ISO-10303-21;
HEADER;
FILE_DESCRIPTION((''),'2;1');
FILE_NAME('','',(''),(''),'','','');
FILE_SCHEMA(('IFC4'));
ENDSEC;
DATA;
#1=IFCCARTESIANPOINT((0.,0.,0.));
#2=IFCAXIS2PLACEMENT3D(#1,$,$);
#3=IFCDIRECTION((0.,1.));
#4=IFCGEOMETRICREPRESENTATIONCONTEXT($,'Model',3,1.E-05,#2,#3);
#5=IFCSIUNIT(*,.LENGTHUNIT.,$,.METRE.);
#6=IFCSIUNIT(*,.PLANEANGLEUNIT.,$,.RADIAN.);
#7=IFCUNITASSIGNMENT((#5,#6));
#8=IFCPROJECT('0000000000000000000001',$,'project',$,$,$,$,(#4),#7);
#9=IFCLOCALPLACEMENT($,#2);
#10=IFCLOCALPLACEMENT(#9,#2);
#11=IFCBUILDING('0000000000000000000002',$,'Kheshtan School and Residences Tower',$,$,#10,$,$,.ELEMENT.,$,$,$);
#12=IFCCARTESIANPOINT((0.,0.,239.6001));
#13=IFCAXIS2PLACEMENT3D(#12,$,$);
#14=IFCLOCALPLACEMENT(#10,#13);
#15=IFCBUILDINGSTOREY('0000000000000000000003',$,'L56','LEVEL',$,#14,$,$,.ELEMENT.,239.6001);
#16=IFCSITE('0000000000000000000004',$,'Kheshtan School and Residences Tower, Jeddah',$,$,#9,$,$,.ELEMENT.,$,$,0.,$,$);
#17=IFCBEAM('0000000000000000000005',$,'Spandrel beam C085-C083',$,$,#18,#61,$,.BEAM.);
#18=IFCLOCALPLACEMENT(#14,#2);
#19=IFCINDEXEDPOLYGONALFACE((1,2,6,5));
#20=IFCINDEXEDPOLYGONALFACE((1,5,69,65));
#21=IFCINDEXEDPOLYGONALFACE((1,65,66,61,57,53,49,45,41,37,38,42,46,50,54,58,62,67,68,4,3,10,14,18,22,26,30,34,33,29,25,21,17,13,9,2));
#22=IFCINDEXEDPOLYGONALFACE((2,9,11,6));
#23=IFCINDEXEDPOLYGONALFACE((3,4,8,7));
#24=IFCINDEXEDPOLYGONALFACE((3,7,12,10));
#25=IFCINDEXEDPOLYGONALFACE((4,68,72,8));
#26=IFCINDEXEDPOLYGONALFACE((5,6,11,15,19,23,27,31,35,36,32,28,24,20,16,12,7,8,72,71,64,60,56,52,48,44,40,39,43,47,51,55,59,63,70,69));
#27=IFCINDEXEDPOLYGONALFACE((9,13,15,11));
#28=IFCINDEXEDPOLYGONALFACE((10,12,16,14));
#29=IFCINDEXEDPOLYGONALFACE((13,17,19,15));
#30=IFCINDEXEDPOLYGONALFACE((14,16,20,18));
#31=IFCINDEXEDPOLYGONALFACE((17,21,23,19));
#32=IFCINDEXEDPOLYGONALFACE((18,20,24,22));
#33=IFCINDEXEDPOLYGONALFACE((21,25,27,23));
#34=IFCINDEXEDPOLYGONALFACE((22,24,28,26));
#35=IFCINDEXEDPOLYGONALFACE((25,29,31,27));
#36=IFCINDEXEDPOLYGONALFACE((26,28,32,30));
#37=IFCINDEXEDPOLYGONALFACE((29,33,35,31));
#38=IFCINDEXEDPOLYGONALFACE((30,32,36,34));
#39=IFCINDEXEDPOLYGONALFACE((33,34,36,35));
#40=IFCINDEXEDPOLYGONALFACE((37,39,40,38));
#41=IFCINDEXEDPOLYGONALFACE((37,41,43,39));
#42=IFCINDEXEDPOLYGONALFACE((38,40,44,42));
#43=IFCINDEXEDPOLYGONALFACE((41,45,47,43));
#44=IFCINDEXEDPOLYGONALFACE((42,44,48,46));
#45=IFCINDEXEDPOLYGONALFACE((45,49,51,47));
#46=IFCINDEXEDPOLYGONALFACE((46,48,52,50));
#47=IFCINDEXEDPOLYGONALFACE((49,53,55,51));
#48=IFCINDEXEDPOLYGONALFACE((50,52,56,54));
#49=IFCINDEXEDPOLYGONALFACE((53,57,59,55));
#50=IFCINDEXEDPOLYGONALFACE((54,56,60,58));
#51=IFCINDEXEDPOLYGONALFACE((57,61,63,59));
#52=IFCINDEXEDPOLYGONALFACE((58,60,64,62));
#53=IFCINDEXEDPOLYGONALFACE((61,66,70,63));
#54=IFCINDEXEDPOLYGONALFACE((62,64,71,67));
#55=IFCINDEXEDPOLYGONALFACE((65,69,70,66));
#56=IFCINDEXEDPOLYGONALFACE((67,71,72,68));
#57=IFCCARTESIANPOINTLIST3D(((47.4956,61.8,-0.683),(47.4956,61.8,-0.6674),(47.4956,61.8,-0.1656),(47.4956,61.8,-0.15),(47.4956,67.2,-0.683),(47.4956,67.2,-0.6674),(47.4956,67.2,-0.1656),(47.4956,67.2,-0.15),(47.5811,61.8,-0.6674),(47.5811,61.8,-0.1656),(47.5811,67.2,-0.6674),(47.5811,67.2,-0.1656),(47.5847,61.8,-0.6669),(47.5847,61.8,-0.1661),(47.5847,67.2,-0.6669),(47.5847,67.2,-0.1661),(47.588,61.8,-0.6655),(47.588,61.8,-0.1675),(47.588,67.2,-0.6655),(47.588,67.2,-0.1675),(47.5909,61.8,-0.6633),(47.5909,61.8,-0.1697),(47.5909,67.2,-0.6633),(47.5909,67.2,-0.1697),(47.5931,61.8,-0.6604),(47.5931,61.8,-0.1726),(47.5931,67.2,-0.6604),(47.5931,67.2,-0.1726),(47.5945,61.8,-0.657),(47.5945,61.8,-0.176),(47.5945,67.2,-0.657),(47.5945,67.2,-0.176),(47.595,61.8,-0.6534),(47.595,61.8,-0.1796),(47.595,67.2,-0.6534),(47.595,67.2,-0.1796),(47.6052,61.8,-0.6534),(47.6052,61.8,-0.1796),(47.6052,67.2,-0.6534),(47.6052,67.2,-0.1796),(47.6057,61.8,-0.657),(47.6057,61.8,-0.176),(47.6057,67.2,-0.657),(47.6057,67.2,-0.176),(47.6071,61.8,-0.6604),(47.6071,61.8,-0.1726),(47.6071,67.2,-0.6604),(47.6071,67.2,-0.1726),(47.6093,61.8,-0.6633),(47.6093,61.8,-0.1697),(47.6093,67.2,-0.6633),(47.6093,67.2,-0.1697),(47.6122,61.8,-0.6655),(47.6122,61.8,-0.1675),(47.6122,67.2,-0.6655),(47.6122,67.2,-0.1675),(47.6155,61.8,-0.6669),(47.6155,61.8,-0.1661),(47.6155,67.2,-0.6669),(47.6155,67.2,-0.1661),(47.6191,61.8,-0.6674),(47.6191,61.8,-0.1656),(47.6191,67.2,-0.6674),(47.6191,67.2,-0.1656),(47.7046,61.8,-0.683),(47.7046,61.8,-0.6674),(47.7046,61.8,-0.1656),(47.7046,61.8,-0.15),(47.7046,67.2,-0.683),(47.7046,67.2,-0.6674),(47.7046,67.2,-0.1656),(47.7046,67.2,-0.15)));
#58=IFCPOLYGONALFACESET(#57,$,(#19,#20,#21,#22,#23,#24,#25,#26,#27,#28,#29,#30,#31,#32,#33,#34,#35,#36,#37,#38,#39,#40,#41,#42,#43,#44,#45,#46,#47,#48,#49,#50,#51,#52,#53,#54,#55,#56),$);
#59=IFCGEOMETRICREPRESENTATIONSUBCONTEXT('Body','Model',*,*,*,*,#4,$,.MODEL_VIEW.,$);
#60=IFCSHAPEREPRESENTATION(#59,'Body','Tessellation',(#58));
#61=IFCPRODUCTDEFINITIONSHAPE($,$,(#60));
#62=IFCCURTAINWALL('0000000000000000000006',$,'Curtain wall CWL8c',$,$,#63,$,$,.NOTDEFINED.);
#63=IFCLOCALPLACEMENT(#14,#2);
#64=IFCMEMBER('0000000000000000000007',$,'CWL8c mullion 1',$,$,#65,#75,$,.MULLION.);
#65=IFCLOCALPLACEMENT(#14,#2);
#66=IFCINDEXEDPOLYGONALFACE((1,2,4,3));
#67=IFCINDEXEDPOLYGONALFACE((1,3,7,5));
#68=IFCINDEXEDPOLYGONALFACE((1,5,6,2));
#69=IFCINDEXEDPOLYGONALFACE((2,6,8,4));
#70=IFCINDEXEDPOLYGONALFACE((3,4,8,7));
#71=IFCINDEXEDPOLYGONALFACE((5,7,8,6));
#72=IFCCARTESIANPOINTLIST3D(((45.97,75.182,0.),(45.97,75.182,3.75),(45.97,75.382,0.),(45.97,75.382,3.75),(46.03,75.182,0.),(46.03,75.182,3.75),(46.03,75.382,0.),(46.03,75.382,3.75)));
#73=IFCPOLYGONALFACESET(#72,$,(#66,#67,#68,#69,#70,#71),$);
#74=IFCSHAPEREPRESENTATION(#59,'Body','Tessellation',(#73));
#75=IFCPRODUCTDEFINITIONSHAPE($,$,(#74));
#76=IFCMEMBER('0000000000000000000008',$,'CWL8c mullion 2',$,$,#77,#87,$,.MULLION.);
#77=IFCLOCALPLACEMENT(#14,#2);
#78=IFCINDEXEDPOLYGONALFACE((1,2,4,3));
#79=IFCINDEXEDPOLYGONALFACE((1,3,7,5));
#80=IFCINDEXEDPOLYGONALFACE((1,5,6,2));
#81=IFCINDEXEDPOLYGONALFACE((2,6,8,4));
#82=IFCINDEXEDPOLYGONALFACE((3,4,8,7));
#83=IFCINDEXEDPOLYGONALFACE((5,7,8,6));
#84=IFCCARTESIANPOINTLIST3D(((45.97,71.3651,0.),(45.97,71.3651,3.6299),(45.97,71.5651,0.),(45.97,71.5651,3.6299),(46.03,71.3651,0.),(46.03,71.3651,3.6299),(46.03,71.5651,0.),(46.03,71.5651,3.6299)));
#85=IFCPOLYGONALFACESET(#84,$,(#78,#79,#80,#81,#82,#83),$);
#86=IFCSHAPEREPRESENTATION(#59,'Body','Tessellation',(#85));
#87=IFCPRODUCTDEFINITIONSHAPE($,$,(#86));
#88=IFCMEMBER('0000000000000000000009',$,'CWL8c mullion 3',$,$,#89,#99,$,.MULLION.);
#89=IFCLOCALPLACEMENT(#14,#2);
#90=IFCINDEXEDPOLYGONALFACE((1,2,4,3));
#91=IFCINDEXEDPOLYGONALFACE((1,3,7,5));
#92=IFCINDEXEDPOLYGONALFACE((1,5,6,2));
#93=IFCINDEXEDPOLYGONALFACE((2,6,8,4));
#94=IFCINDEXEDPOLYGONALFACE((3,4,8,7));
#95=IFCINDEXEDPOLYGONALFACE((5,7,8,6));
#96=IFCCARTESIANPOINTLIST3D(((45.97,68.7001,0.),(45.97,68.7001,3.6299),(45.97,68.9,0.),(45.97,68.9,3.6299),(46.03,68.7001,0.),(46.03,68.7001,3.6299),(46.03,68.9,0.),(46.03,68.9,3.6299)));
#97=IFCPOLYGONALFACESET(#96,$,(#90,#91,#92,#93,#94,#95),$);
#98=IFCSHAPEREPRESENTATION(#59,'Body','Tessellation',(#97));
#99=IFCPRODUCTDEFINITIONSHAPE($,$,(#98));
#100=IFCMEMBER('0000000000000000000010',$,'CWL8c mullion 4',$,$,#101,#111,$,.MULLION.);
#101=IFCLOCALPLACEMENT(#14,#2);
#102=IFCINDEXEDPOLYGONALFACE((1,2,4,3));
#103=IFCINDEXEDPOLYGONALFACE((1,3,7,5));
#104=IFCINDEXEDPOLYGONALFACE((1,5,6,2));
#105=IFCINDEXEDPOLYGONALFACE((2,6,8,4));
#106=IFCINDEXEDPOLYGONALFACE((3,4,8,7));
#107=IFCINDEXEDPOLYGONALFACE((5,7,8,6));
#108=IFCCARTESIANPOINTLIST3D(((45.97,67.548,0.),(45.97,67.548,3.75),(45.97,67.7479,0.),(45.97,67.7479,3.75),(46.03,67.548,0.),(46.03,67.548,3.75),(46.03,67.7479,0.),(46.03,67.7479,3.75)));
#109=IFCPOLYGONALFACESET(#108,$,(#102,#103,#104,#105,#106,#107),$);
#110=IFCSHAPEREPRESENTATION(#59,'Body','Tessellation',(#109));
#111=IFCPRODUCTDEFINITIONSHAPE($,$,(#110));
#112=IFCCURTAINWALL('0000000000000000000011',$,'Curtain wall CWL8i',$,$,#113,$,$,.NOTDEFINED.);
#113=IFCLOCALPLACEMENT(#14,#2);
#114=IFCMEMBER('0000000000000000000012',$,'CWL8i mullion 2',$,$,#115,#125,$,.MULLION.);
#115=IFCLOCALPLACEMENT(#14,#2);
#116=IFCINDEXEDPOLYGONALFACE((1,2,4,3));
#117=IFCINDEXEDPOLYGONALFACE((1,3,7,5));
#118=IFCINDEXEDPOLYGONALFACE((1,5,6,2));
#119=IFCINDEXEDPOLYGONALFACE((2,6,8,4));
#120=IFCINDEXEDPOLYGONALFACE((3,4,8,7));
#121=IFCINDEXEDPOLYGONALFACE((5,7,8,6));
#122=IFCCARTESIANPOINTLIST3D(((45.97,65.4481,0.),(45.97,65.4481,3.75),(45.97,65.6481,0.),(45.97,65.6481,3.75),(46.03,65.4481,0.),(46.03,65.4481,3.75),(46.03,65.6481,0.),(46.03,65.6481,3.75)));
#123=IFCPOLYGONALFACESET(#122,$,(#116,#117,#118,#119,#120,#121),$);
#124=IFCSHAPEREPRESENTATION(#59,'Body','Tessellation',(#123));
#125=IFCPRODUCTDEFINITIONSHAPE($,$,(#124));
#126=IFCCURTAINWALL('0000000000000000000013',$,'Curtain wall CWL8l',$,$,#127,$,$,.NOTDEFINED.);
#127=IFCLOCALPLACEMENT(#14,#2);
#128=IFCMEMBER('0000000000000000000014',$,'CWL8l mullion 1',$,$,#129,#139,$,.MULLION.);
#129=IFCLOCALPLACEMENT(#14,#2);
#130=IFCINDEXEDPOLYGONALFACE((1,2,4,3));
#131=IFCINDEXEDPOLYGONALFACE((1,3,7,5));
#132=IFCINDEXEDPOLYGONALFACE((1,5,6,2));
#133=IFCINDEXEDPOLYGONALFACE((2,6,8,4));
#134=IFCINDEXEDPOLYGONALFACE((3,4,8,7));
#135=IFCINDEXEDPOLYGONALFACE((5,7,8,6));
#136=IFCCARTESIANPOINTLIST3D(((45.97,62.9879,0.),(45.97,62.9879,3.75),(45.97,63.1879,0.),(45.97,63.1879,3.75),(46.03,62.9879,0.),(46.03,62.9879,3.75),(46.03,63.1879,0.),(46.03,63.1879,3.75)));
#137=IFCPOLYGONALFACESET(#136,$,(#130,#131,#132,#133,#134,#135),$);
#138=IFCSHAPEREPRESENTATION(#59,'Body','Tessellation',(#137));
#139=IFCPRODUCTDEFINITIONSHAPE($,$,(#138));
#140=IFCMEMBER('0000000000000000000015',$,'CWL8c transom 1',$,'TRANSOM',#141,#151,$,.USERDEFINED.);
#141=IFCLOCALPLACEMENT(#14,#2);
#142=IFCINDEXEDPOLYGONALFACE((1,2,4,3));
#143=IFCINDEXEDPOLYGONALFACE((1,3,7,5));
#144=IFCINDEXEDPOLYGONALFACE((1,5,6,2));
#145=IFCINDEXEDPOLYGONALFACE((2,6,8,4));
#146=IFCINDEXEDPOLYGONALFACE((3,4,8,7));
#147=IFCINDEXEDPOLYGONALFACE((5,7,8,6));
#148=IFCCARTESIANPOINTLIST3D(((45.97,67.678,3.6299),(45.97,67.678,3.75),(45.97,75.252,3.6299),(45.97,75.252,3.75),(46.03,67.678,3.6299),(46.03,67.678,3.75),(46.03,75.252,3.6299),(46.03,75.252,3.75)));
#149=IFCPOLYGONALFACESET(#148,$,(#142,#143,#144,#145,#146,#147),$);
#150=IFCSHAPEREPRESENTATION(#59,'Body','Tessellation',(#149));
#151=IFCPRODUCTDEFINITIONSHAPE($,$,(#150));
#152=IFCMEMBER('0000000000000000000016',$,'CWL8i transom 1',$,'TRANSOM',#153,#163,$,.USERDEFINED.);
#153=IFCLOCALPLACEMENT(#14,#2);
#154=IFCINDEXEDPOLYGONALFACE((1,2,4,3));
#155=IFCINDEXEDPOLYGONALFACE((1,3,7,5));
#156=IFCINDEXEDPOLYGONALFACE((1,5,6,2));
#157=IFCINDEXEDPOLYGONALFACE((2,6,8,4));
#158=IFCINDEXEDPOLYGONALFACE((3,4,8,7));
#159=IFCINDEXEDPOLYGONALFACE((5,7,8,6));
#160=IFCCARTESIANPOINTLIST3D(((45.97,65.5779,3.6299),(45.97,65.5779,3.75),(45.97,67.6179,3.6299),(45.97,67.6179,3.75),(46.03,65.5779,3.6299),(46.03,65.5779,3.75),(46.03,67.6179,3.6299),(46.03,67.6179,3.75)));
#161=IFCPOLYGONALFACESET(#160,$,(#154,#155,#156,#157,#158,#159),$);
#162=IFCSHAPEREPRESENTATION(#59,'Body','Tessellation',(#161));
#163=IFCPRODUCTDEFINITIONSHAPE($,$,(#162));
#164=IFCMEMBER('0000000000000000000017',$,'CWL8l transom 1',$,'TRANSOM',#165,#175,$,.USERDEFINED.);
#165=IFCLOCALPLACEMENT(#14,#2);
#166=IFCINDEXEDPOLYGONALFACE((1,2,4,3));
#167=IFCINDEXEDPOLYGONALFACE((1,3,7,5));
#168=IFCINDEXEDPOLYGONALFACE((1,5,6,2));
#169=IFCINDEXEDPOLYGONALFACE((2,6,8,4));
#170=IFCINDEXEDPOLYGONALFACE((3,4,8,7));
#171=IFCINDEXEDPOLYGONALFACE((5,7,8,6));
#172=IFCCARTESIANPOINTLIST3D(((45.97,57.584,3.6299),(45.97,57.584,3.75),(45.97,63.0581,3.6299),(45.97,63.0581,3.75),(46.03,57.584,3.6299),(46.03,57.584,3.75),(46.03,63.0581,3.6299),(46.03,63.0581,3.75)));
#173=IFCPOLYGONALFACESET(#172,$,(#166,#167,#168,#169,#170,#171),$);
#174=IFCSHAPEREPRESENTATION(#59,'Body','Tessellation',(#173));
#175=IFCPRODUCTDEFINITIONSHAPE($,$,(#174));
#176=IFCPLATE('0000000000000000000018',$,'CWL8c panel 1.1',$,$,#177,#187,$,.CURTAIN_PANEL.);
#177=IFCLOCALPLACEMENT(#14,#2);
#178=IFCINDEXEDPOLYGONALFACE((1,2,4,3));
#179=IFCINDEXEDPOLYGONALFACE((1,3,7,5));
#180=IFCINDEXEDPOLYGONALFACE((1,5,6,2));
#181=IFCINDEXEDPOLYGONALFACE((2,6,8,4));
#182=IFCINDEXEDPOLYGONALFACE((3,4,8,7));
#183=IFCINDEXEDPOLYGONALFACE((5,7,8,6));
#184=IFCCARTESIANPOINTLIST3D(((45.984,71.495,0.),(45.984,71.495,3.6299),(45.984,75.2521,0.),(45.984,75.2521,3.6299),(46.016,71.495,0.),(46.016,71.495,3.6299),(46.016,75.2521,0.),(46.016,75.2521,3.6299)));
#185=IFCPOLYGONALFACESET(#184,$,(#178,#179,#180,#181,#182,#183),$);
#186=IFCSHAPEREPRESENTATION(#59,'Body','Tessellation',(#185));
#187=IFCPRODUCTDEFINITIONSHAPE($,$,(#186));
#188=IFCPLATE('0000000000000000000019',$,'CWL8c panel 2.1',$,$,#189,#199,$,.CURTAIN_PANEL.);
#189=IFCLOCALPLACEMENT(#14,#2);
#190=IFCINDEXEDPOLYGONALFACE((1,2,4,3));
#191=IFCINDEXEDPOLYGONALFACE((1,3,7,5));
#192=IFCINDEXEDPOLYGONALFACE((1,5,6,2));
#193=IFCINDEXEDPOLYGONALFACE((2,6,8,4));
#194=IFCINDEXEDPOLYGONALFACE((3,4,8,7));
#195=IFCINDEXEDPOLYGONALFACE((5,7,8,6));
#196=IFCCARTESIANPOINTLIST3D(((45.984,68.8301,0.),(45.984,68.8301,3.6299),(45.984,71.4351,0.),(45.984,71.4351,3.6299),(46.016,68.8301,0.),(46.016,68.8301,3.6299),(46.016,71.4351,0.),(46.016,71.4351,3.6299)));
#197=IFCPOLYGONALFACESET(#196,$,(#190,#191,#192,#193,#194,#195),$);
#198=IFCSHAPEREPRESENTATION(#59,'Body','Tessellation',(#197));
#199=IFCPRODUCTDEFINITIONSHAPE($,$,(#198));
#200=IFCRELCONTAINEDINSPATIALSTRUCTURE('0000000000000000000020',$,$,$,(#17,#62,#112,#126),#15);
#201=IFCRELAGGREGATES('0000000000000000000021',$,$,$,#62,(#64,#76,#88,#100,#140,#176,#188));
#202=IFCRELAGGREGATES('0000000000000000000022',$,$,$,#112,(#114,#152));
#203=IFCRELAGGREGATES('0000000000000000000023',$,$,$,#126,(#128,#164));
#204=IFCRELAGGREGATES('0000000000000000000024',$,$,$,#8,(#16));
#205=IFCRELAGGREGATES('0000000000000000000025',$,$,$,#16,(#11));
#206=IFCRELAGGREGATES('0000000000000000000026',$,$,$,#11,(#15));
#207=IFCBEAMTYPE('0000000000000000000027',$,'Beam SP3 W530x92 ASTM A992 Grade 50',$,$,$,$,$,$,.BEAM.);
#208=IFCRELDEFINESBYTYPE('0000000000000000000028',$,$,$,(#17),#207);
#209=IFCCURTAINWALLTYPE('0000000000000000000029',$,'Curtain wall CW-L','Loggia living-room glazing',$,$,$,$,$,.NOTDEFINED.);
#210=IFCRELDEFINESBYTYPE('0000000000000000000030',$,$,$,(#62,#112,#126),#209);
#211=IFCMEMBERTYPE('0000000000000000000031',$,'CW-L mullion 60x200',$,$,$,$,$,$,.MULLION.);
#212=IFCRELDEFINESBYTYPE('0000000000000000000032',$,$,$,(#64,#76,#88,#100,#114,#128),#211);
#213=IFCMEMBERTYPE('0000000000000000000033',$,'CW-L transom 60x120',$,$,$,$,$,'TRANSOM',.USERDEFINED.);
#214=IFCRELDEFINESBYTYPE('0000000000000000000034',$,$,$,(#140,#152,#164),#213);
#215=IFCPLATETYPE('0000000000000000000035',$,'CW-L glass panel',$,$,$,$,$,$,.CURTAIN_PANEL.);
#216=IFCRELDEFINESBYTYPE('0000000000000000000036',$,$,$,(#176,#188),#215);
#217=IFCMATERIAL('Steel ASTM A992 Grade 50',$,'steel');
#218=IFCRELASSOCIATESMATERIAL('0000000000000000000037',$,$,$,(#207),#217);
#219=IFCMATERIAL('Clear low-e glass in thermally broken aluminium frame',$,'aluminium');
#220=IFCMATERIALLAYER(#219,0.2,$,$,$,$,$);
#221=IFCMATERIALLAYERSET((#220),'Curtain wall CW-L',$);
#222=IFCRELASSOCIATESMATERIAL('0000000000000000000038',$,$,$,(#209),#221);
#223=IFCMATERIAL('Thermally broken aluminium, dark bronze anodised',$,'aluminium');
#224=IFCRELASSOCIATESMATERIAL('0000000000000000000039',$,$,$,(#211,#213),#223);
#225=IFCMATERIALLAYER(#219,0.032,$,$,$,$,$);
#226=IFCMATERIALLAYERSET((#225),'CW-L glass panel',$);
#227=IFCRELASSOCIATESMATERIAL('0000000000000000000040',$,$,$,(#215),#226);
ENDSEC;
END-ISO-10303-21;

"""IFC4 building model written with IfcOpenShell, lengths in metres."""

from ifc_helpers import new_model, si_unit, direction, frame, origin, origin_2d, place, context, subcontext, project, spatial, rectangle, i_section, extrude, material, layer, layer_set, material_profile, profile_set, type_object, element, aggregate, save


model = new_model("IFC4")

# Units and contexts
model_context = context("Model", 3, precision=1e-05, world=origin(), true_north=direction((0.0, 1.0)))
body_context = subcontext(model_context, "Body", "Model", "MODEL_VIEW")
ifc_project = project(units=[si_unit("LENGTHUNIT", "METRE"), si_unit("PLANEANGLEUNIT", "RADIAN")], contexts=[model_context])

# Site, building, storey
site_placement = place(None, origin())
site = spatial("IfcSite", under=ifc_project, at=site_placement, Name="Kheshtan School and Residences Tower, Jeddah", CompositionType="ELEMENT", RefElevation=0.0)
building_placement = place(site_placement, origin())
building = spatial("IfcBuilding", under=site, at=building_placement, Name="Kheshtan School and Residences Tower", CompositionType="ELEMENT")
storey_placement = place(building_placement, frame((0.0, 0.0, 239.6001)))
storey = spatial("IfcBuildingStorey", under=building, at=storey_placement, Name="L56", Description="LEVEL", CompositionType="ELEMENT", Elevation=239.6001)

# Shared definitions
ifc_material_1 = material(Name="Steel ASTM A992 Grade 50", Category="steel")

# Beam
ifc_material_profile_1 = material_profile(ifc_material_1, i_section(OverallWidth=0.209, OverallDepth=0.533, WebThickness=0.0103, FlangeThickness=0.0156, FilletRadius=0.0139, at=origin_2d()), Name="W530x92")
ifc_profile_set_1 = profile_set([ifc_material_profile_1], Name="Steel ASTM A992 Grade 50")
beam_type_1 = type_object("IfcBeamType", Name="Beam SP3 W530x92 ASTM A992 Grade 50", PredefinedType="BEAM", material=ifc_profile_set_1)
beam_1_placement = place(storey_placement, frame((47.6001, 67.2, -0.4165), z_axis=(0.0, -1.0, 0.0), x_axis=(1.0, 0.0, 0.0)))
element("IfcBeam", 1, at=beam_1_placement, inside=storey, type_object=beam_type_1, Name="Spandrel beam C085-C083", PredefinedType="BEAM", context=body_context, shape_type="SweptSolid", body=[
    extrude(i_section(OverallWidth=0.209, OverallDepth=0.533, WebThickness=0.0103, FlangeThickness=0.0156, FilletRadius=0.0139, at=origin_2d()), origin(), (0.0, 0.0, 1.0), 5.3999),
])

# Curtain wall, members
ifc_material_2 = material(Name="Clear low-e glass in thermally broken aluminium frame", Category="aluminium")
ifc_layer_1 = layer(ifc_material_2, 0.2)
ifc_layer_set_1 = layer_set([ifc_layer_1], Name="Curtain wall CW-L")
curtain_wall_type = type_object("IfcCurtainWallType", Name="Curtain wall CW-L", Description="Loggia living-room glazing", PredefinedType="NOTDEFINED", material=ifc_layer_set_1)
curtain_wall_1_placement = place(storey_placement, origin())
curtain_wall_1 = element("IfcCurtainWall", 2, at=curtain_wall_1_placement, inside=storey, type_object=curtain_wall_type, Name="Curtain wall CWL8c", PredefinedType="NOTDEFINED")
ifc_material_3 = material(Name="Thermally broken aluminium, dark bronze anodised", Category="aluminium")
ifc_material_profile_2 = material_profile(ifc_material_3, rectangle(XDim=0.0601, YDim=0.2, at=origin_2d()), Name="CW-L mullion 60x200")
ifc_profile_set_2 = profile_set([ifc_material_profile_2], Name="Thermally broken aluminium, dark bronze anodised")
member_type_1 = type_object("IfcMemberType", Name="CW-L mullion 60x200", PredefinedType="MULLION", material=ifc_profile_set_2)
member_1_placement = place(storey_placement, frame((46.0, 75.282, 0.0), z_axis=(0.0, 0.0, 1.0), x_axis=(1.0, 0.0, 0.0)))
member_1 = element("IfcMember", 3, at=member_1_placement, type_object=member_type_1, Name="CWL8c mullion 1", PredefinedType="MULLION", context=body_context, shape_type="SweptSolid", body=[
    extrude(rectangle(XDim=0.0601, YDim=0.2, at=origin_2d()), origin(), (0.0, 0.0, 1.0), 3.75),
])
member_2_placement = place(storey_placement, frame((46.0, 71.4651, 0.0), z_axis=(0.0, 0.0, 1.0), x_axis=(1.0, 0.0, 0.0)))
member_2 = element("IfcMember", 4, at=member_2_placement, type_object=member_type_1, Name="CWL8c mullion 2", PredefinedType="MULLION", context=body_context, shape_type="SweptSolid", body=[
    extrude(rectangle(XDim=0.0601, YDim=0.2, at=origin_2d()), origin(), (0.0, 0.0, 1.0), 3.6299),
])
member_3_placement = place(storey_placement, frame((46.0, 68.8, 0.0), z_axis=(0.0, 0.0, 1.0), x_axis=(1.0, 0.0, 0.0)))
member_3 = element("IfcMember", 5, at=member_3_placement, type_object=member_type_1, Name="CWL8c mullion 3", PredefinedType="MULLION", context=body_context, shape_type="SweptSolid", body=[
    extrude(rectangle(XDim=0.0601, YDim=0.2, at=origin_2d()), origin(), (0.0, 0.0, 1.0), 3.6299),
])
member_4_placement = place(storey_placement, frame((46.0, 67.6479, 0.0), z_axis=(0.0, 0.0, 1.0), x_axis=(1.0, 0.0, 0.0)))
member_4 = element("IfcMember", 6, at=member_4_placement, type_object=member_type_1, Name="CWL8c mullion 4", PredefinedType="MULLION", context=body_context, shape_type="SweptSolid", body=[
    extrude(rectangle(XDim=0.0601, YDim=0.2, at=origin_2d()), origin(), (0.0, 0.0, 1.0), 3.75),
])

# Curtain walls, members
curtain_wall_2_placement = place(storey_placement, origin())
curtain_wall_2 = element("IfcCurtainWall", 7, at=curtain_wall_2_placement, inside=storey, type_object=curtain_wall_type, Name="Curtain wall CWL8i", PredefinedType="NOTDEFINED")
member_5_placement = place(storey_placement, frame((46.0, 65.5481, 0.0), z_axis=(0.0, 0.0, 1.0), x_axis=(1.0, 0.0, 0.0)))
member_5 = element("IfcMember", 8, at=member_5_placement, type_object=member_type_1, Name="CWL8i mullion 2", PredefinedType="MULLION", context=body_context, shape_type="SweptSolid", body=[
    extrude(rectangle(XDim=0.0601, YDim=0.2, at=origin_2d()), origin(), (0.0, 0.0, 1.0), 3.75),
])
curtain_wall_3_placement = place(storey_placement, origin())
curtain_wall_3 = element("IfcCurtainWall", 9, at=curtain_wall_3_placement, inside=storey, type_object=curtain_wall_type, Name="Curtain wall CWL8l", PredefinedType="NOTDEFINED")
member_6_placement = place(storey_placement, frame((46.0, 63.0879, 0.0), z_axis=(0.0, 0.0, 1.0), x_axis=(1.0, 0.0, 0.0)))
member_6 = element("IfcMember", 10, at=member_6_placement, type_object=member_type_1, Name="CWL8l mullion 1", PredefinedType="MULLION", context=body_context, shape_type="SweptSolid", body=[
    extrude(rectangle(XDim=0.0601, YDim=0.2, at=origin_2d()), origin(), (0.0, 0.0, 1.0), 3.75),
])

# Members
ifc_material_profile_3 = material_profile(ifc_material_3, rectangle(XDim=0.0601, YDim=0.1201, at=origin_2d()), Name="CW-L transom 60x120")
ifc_profile_set_3 = profile_set([ifc_material_profile_3], Name="Thermally broken aluminium, dark bronze anodised")
member_type_2 = type_object("IfcMemberType", Name="CW-L transom 60x120", ElementType="TRANSOM", PredefinedType="USERDEFINED", material=ifc_profile_set_3)
member_7_placement = place(storey_placement, frame((46.0, 75.252, 3.6899), z_axis=(0.0, -1.0, 0.0), x_axis=(1.0, 0.0, 0.0)))
member_7 = element("IfcMember", 11, at=member_7_placement, type_object=member_type_2, Name="CWL8c transom 1", ObjectType="TRANSOM", PredefinedType="USERDEFINED", context=body_context, shape_type="SweptSolid", body=[
    extrude(rectangle(XDim=0.0601, YDim=0.1201, at=origin_2d()), origin(), (0.0, 0.0, 1.0), 7.574),
])
member_8_placement = place(storey_placement, frame((46.0, 67.6179, 3.6899), z_axis=(0.0, -1.0, 0.0), x_axis=(1.0, 0.0, 0.0)))
member_8 = element("IfcMember", 12, at=member_8_placement, type_object=member_type_2, Name="CWL8i transom 1", ObjectType="TRANSOM", PredefinedType="USERDEFINED", context=body_context, shape_type="SweptSolid", body=[
    extrude(rectangle(XDim=0.0601, YDim=0.1201, at=origin_2d()), origin(), (0.0, 0.0, 1.0), 2.04),
])
member_9_placement = place(storey_placement, frame((46.0, 63.0581, 3.6899), z_axis=(0.0, -1.0, 0.0), x_axis=(1.0, 0.0, 0.0)))
member_9 = element("IfcMember", 13, at=member_9_placement, type_object=member_type_2, Name="CWL8l transom 1", ObjectType="TRANSOM", PredefinedType="USERDEFINED", context=body_context, shape_type="SweptSolid", body=[
    extrude(rectangle(XDim=0.0601, YDim=0.1201, at=origin_2d()), origin(), (0.0, 0.0, 1.0), 5.4741),
])

# Plates
ifc_layer_2 = layer(ifc_material_2, 0.032)
ifc_layer_set_2 = layer_set([ifc_layer_2], Name="CW-L glass panel")
plate_type = type_object("IfcPlateType", Name="CW-L glass panel", PredefinedType="CURTAIN_PANEL", material=ifc_layer_set_2)
plate_1_placement = place(storey_placement, frame((46.0, 73.3735, 0.0), z_axis=(0.0, 0.0, 1.0), x_axis=(0.0, -1.0, 0.0)))
plate_1 = element("IfcPlate", 14, at=plate_1_placement, type_object=plate_type, Name="CWL8c panel 1.1", PredefinedType="CURTAIN_PANEL", context=body_context, shape_type="SweptSolid", body=[
    extrude(rectangle(XDim=3.7571, YDim=0.032, at=origin_2d()), origin(), (0.0, 0.0, 1.0), 3.6299),
])
plate_2_placement = place(storey_placement, frame((46.0, 70.1326, 0.0), z_axis=(0.0, 0.0, 1.0), x_axis=(0.0, -1.0, 0.0)))
plate_2 = element("IfcPlate", 15, at=plate_2_placement, type_object=plate_type, Name="CWL8c panel 2.1", PredefinedType="CURTAIN_PANEL", context=body_context, shape_type="SweptSolid", body=[
    extrude(rectangle(XDim=2.605, YDim=0.032, at=origin_2d()), origin(), (0.0, 0.0, 1.0), 3.6299),
])
aggregate(curtain_wall_1, [member_1, member_2, member_3, member_4, member_7, plate_1, plate_2])
aggregate(curtain_wall_2, [member_5, member_8])
aggregate(curtain_wall_3, [member_6, member_9])

save(model, "model.ifc")
